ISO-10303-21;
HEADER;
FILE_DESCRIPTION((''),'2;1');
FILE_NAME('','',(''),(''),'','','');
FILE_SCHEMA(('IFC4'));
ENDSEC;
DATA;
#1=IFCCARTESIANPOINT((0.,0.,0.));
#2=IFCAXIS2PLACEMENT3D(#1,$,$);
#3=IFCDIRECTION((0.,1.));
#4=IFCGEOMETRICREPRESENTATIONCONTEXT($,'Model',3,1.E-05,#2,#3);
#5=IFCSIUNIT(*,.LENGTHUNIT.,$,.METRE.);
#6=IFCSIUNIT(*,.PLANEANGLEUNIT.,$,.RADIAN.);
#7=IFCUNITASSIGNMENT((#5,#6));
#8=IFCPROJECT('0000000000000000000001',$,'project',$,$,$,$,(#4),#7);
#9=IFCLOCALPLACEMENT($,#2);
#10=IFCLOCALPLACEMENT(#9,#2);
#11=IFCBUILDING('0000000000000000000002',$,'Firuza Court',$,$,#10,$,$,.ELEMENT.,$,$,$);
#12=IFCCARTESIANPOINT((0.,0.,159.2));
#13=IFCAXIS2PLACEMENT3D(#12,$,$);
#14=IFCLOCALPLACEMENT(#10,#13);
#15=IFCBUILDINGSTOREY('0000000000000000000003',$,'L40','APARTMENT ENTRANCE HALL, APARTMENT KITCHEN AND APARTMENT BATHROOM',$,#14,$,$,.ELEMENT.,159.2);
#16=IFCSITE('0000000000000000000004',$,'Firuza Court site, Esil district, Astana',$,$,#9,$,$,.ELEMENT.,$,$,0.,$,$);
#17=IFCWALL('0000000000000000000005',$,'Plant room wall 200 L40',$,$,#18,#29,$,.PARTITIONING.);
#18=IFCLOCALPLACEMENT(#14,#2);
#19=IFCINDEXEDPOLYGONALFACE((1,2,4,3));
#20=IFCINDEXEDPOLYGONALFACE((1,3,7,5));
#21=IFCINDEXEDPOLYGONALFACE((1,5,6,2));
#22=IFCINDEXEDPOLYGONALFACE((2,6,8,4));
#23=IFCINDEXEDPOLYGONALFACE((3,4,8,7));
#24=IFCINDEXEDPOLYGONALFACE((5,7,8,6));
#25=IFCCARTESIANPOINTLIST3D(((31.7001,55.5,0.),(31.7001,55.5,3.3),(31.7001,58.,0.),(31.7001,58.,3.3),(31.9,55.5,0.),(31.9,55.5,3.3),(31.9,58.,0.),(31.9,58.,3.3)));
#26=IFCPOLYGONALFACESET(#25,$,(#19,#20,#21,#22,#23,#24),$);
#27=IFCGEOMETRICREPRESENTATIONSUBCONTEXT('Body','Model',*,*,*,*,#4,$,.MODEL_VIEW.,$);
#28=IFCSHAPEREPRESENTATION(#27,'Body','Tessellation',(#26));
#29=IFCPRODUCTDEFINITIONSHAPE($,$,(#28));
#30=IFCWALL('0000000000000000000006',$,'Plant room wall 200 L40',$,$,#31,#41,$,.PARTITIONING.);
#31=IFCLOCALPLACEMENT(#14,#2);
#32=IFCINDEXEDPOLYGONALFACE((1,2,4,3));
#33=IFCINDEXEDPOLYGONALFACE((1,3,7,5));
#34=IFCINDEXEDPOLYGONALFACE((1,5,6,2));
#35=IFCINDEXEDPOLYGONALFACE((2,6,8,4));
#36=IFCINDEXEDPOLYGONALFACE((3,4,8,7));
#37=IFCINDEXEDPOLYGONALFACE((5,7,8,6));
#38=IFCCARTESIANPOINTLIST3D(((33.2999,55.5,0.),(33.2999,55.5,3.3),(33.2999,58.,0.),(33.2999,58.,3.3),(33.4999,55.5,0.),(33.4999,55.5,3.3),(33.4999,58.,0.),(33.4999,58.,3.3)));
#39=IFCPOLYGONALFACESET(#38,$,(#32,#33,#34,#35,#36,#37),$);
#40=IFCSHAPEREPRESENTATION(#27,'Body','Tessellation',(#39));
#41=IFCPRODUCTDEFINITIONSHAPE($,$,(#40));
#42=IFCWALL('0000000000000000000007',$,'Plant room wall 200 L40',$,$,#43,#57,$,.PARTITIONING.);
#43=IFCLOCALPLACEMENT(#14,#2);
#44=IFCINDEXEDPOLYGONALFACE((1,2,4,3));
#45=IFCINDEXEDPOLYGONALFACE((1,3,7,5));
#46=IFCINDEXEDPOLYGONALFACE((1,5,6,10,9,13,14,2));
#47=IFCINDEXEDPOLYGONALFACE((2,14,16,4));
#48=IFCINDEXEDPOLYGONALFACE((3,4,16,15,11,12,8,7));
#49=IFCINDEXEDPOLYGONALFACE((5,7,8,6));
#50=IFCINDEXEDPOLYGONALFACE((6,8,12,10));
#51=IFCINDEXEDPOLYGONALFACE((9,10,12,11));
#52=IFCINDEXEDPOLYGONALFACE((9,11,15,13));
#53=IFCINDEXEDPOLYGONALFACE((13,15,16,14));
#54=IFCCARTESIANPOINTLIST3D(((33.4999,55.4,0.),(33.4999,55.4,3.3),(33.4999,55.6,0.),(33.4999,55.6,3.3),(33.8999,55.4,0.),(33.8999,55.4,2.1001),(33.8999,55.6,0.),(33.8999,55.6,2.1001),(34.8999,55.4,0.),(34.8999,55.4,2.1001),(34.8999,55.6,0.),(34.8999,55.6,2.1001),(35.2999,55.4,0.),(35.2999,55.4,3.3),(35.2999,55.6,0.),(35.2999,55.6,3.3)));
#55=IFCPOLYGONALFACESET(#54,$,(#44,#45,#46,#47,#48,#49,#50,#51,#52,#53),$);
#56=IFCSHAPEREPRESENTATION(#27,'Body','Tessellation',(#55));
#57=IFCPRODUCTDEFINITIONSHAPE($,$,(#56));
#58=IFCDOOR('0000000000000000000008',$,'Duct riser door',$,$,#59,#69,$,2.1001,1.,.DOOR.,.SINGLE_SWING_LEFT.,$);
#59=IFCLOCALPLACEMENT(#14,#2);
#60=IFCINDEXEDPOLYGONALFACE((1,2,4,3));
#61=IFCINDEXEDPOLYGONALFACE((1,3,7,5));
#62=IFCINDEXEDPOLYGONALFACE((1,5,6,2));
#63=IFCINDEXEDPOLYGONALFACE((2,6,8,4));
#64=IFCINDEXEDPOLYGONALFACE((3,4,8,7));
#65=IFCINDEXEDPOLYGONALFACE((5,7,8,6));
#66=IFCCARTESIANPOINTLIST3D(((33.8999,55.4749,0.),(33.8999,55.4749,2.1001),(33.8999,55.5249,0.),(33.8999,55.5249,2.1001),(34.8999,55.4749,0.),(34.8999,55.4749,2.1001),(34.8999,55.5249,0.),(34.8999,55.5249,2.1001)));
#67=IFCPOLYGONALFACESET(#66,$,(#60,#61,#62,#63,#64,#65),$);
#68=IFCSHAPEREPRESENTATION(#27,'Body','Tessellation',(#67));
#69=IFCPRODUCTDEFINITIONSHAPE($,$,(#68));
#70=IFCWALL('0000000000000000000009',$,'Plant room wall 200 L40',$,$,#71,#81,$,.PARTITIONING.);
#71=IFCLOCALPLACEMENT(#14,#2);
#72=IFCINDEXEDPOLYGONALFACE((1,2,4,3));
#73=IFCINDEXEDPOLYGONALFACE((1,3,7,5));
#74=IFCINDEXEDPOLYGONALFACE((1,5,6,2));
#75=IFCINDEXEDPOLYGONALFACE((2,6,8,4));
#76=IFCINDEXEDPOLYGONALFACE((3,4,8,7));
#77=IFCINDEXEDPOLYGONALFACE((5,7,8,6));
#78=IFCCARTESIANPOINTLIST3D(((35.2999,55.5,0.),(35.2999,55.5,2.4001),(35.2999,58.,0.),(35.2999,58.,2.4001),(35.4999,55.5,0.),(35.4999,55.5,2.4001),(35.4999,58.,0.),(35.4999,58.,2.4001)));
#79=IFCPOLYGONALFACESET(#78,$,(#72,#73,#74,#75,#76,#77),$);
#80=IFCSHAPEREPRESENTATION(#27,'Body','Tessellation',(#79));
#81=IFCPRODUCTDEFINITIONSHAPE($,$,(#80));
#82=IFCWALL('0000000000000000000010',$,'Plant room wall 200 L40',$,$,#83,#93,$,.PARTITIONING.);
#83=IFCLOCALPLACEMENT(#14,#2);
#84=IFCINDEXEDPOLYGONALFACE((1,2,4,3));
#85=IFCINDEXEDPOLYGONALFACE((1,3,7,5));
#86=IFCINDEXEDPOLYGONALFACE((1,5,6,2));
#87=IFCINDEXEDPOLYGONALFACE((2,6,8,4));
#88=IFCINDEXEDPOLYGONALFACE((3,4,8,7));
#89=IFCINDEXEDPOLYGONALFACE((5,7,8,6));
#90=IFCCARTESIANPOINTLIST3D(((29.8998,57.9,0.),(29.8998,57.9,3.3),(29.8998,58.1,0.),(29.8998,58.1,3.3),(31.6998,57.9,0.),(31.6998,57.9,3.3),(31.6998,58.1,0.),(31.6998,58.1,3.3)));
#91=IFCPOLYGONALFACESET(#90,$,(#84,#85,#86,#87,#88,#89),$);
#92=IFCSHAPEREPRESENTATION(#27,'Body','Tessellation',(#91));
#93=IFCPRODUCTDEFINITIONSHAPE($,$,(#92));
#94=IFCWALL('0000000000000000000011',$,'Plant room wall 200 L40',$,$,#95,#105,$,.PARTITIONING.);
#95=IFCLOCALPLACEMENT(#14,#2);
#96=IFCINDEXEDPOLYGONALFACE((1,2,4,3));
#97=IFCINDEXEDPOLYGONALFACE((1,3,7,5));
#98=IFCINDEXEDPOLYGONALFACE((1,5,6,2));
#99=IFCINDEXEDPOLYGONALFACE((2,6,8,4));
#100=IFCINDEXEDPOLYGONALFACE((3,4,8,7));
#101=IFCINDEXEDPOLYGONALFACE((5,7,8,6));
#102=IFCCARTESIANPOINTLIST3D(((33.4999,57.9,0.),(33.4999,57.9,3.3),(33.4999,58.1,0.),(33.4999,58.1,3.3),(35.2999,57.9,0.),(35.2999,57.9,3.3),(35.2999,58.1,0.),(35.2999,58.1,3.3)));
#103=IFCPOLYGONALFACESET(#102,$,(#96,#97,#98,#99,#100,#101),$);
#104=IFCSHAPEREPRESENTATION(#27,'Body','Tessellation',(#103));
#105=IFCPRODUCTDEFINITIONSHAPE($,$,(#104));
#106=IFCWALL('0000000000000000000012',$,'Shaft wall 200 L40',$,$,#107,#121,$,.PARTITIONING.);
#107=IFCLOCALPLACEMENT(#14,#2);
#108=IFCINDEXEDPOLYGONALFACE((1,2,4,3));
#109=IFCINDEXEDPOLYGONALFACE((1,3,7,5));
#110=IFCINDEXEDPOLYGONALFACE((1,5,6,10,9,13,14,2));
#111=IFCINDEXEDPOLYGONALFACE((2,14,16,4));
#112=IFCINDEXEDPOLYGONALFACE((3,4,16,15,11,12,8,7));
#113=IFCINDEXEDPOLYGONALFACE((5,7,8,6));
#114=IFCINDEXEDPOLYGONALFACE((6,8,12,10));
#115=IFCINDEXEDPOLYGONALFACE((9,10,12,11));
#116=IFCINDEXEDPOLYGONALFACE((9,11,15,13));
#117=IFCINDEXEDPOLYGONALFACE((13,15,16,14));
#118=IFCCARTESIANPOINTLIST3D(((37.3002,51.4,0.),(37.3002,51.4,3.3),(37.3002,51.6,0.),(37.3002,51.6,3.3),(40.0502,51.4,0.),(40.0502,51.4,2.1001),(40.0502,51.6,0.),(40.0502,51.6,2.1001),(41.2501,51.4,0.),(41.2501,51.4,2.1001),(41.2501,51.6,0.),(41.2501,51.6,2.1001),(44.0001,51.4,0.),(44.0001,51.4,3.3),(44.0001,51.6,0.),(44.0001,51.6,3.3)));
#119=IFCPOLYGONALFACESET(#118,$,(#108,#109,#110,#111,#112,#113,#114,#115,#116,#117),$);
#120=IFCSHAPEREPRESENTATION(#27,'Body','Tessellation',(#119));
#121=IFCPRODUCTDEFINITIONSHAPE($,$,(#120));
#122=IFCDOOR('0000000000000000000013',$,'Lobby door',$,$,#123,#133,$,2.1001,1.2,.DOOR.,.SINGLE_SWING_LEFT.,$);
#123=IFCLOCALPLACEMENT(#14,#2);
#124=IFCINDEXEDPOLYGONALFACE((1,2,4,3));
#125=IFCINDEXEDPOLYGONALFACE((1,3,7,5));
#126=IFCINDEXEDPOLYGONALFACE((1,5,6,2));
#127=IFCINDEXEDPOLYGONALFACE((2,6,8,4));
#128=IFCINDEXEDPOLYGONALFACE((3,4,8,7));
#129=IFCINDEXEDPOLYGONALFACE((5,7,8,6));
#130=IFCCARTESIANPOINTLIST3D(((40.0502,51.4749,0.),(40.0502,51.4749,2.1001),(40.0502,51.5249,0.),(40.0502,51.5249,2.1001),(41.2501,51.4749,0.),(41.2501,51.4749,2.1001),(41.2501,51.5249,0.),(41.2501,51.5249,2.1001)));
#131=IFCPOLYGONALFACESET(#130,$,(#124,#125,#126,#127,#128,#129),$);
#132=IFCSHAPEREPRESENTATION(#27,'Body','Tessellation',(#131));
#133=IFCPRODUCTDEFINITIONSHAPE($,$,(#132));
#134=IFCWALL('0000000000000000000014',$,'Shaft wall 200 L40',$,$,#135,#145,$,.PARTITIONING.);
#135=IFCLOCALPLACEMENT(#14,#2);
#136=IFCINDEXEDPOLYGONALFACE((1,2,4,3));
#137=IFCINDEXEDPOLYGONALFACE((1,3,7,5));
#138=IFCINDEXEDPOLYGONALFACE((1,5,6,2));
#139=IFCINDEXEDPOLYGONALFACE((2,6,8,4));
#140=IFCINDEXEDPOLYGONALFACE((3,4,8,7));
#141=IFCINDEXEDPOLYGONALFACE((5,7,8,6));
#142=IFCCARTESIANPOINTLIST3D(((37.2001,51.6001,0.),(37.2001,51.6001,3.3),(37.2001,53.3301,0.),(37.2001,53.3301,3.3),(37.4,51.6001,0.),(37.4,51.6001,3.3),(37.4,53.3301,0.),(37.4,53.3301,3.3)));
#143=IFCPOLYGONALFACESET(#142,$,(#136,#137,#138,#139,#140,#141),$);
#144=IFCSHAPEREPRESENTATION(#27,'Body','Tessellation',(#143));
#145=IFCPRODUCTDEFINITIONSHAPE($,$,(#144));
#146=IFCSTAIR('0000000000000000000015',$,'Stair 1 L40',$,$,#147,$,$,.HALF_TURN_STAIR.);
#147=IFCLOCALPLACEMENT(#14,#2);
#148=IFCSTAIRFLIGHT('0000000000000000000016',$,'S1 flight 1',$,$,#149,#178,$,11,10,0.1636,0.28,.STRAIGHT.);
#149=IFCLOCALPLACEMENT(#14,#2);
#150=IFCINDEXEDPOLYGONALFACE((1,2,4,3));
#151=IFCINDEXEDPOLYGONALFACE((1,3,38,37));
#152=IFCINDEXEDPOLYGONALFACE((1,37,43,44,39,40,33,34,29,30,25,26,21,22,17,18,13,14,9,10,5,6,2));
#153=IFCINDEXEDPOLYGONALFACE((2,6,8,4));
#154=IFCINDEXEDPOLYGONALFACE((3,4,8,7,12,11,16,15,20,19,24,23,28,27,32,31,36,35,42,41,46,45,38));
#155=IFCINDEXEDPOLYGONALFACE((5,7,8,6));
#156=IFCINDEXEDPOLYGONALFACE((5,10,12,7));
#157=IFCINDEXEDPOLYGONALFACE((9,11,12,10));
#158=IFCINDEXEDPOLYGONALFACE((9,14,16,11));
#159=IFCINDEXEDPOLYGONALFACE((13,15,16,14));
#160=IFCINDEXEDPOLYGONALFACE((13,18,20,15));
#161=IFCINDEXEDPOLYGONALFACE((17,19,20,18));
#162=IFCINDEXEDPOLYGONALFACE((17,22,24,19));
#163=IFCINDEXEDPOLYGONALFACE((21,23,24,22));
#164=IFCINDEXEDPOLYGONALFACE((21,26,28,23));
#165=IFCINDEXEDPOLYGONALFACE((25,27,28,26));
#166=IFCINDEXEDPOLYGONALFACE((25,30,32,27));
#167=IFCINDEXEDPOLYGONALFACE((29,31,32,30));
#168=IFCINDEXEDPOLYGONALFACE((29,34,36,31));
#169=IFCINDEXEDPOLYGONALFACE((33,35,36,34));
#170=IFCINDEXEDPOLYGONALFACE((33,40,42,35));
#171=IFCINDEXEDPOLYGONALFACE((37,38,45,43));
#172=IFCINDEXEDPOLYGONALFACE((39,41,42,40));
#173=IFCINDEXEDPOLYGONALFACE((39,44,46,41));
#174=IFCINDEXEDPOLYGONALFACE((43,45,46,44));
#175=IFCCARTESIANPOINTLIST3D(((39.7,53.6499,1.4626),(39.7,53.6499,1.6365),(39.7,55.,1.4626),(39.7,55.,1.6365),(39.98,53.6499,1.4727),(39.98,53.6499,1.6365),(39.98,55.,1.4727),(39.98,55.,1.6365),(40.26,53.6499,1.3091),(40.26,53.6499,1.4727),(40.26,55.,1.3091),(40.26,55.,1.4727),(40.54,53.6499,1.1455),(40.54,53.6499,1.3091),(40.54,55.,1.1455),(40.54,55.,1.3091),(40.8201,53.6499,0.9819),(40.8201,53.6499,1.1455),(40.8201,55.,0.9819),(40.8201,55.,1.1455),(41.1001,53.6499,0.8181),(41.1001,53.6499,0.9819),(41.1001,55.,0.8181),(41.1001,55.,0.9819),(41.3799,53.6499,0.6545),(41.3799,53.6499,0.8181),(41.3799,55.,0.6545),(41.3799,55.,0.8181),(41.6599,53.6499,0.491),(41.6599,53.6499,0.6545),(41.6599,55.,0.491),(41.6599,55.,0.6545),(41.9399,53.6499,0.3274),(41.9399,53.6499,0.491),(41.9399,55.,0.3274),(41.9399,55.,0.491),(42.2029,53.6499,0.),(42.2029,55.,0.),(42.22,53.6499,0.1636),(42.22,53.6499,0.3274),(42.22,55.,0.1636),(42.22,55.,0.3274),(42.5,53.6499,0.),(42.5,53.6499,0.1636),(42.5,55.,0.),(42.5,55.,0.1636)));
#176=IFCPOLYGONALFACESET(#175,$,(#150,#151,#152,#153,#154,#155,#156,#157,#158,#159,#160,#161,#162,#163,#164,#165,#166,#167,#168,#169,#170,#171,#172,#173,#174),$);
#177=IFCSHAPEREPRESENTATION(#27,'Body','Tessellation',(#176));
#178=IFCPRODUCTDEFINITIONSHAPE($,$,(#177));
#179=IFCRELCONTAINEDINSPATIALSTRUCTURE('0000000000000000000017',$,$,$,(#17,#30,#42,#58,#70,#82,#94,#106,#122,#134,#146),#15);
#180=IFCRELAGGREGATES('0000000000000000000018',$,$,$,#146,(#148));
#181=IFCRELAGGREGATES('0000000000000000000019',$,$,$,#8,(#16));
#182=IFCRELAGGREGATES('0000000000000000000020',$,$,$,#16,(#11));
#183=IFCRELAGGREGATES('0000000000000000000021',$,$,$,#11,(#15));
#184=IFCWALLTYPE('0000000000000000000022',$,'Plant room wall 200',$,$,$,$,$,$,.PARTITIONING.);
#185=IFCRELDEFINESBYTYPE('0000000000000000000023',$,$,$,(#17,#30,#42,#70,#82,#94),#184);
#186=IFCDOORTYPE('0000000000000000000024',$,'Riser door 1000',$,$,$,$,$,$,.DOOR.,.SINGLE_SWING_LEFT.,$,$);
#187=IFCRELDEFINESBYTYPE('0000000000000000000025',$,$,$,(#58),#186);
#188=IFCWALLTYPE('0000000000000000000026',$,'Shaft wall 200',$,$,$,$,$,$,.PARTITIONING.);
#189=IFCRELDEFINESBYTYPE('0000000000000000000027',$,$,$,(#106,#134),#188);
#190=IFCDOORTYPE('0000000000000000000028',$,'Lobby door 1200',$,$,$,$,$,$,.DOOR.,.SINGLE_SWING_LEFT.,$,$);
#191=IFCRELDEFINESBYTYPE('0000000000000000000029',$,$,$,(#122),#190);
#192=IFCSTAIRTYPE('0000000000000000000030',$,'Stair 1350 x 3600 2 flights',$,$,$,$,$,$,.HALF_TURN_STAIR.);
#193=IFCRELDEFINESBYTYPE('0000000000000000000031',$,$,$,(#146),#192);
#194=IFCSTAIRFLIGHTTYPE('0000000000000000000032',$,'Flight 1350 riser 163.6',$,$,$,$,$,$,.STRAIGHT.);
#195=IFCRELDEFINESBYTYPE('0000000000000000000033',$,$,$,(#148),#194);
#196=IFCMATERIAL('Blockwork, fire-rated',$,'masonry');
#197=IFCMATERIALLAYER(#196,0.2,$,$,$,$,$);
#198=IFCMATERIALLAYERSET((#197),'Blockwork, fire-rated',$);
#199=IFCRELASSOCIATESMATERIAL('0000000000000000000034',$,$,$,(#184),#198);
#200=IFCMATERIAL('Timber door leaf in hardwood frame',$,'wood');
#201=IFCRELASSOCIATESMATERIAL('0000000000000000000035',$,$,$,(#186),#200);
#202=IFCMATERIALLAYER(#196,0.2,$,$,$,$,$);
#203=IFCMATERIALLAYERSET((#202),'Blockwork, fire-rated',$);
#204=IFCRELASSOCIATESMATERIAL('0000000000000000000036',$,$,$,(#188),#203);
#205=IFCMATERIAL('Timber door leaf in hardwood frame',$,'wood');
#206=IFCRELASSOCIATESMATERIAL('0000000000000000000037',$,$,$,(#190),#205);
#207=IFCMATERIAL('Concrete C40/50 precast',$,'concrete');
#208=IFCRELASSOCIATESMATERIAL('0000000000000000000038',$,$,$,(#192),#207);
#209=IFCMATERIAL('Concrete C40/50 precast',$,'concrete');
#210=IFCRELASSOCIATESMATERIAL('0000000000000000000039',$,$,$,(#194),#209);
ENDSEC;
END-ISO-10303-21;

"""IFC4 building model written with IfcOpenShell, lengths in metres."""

from ifc_helpers import new_model, si_unit, direction, frame, frame_2d, origin, place, context, subcontext, project, spatial, polyline, rectangle, outline, extrude, material, layer, layer_set, type_object, element, fill, aggregate, save


model = new_model("IFC4")

# Units and contexts
model_context = context("Model", 3, precision=1e-05, world=origin(), true_north=direction((0.0, 1.0)))
body_context = subcontext(model_context, "Body", "Model", "MODEL_VIEW")
ifc_project = project(units=[si_unit("LENGTHUNIT", "METRE"), si_unit("PLANEANGLEUNIT", "RADIAN")], contexts=[model_context])

# Site, building, storey
site_placement = place(None, origin())
site = spatial("IfcSite", under=ifc_project, at=site_placement, Name="Firuza Court site, Esil district, Astana", CompositionType="ELEMENT", RefElevation=0.0)
building_placement = place(site_placement, origin())
building = spatial("IfcBuilding", under=site, at=building_placement, Name="Firuza Court", CompositionType="ELEMENT")
storey_placement = place(building_placement, frame((0.0, 0.0, 159.2)))
storey = spatial("IfcBuildingStorey", under=building, at=storey_placement, Name="L40", Description="APARTMENT ENTRANCE HALL, APARTMENT KITCHEN AND APARTMENT BATHROOM", CompositionType="ELEMENT", Elevation=159.2)

# Walls
ifc_material_1 = material(Name="Blockwork, fire-rated", Category="masonry")
ifc_layer_1 = layer(ifc_material_1, 0.2)
ifc_layer_set_1 = layer_set([ifc_layer_1], Name="Blockwork, fire-rated")
wall_type_1 = type_object("IfcWallType", Name="Plant room wall 200", PredefinedType="PARTITIONING", material=ifc_layer_set_1)
for number, where, z_axis, x_axis, name in (
    (1, (31.8, 55.5, 0.0), (0.0, 0.0, 1.0), (0.0, 1.0, 0.0), "Plant room wall 200 L40"),
    (2, (33.3999, 55.5, 0.0), (0.0, 0.0, 1.0), (0.0, 1.0, 0.0), "Plant room wall 200 L40"),
):
    element("IfcWall", number, at=place(storey_placement, frame(where, z_axis=z_axis, x_axis=x_axis)), inside=storey, type_object=wall_type_1, Name=name, PredefinedType="PARTITIONING", context=body_context, shape_type="SweptSolid", body=[
        extrude(rectangle(XDim=2.5, YDim=0.2, at=frame_2d((1.25, 0.0))), origin(), (0.0, 0.0, 1.0), 3.3),
    ])

# Wall, opening, door
wall_1_placement = place(storey_placement, frame((33.5, 55.5, 0.0), z_axis=(0.0, 0.0, 1.0), x_axis=(1.0, 0.0, 0.0)))
wall_1 = element("IfcWall", 3, at=wall_1_placement, inside=storey, type_object=wall_type_1, Name="Plant room wall 200 L40", PredefinedType="PARTITIONING", context=body_context, shape_type="SweptSolid", body=[
    extrude(rectangle(XDim=1.8, YDim=0.2, at=frame_2d((0.8999, 0.0))), origin(), (0.0, 0.0, 1.0), 3.3),
])
opening_1_placement = place(wall_1_placement, frame((0.3999, 0.0, 0.0)))
opening_1 = element("IfcOpeningElement", 4, at=opening_1_placement, cuts=wall_1, PredefinedType="OPENING", context=body_context, shape_type="SweptSolid", body=[
    extrude(rectangle(XDim=1.0, YDim=2.1001, at=frame_2d((0.5, 1.05))), frame((0.0, 0.1118, 0.0), z_axis=(0.0, -1.0, 0.0), x_axis=(1.0, 0.0, 0.0)), (0.0, 0.0, 1.0), 0.2239),
])
ifc_material_2 = material(Name="Timber door leaf in hardwood frame", Category="wood")
door_type_1 = type_object("IfcDoorType", Name="Riser door 1000", OperationType="SINGLE_SWING_LEFT", PredefinedType="DOOR", material=ifc_material_2)
door_1_placement = place(opening_1_placement, origin())
door_1 = element("IfcDoor", 5, at=door_1_placement, inside=storey, type_object=door_type_1, Name="Duct riser door", OperationType="SINGLE_SWING_LEFT", OverallHeight=2.1001, OverallWidth=1.0, PredefinedType="DOOR", context=body_context, shape_type="SweptSolid", body=[
    extrude(rectangle(XDim=1.0, YDim=2.1001, at=frame_2d((0.5, 1.05))), frame((0.0, 0.0249, 0.0), z_axis=(0.0, -1.0, 0.0), x_axis=(1.0, 0.0, 0.0)), (0.0, 0.0, 1.0), 0.05),
])
fill(opening_1, door_1)

# Walls
wall_2_placement = place(storey_placement, frame((35.3999, 55.5, 0.0), z_axis=(0.0, 0.0, 1.0), x_axis=(0.0, 1.0, 0.0)))
element("IfcWall", 6, at=wall_2_placement, inside=storey, type_object=wall_type_1, Name="Plant room wall 200 L40", PredefinedType="PARTITIONING", context=body_context, shape_type="SweptSolid", body=[
    extrude(rectangle(XDim=2.5, YDim=0.2, at=frame_2d((1.25, 0.0))), origin(), (0.0, 0.0, 1.0), 2.4001),
])
for number, where, z_axis, x_axis, name in (
    (7, (29.8999, 58.0, 0.0), (0.0, 0.0, 1.0), (1.0, 0.0, 0.0), "Plant room wall 200 L40"),
    (8, (33.5, 58.0, 0.0), (0.0, 0.0, 1.0), (1.0, 0.0, 0.0), "Plant room wall 200 L40"),
):
    element("IfcWall", number, at=place(storey_placement, frame(where, z_axis=z_axis, x_axis=x_axis)), inside=storey, type_object=wall_type_1, Name=name, PredefinedType="PARTITIONING", context=body_context, shape_type="SweptSolid", body=[
        extrude(rectangle(XDim=1.8, YDim=0.2, at=frame_2d((0.8999, 0.0))), origin(), (0.0, 0.0, 1.0), 3.3),
    ])

# Wall, opening, door
ifc_layer_2 = layer(ifc_material_1, 0.2)
ifc_layer_set_2 = layer_set([ifc_layer_2], Name="Blockwork, fire-rated")
wall_type_2 = type_object("IfcWallType", Name="Shaft wall 200", PredefinedType="PARTITIONING", material=ifc_layer_set_2)
wall_3_placement = place(storey_placement, frame((37.3, 51.5, 0.0), z_axis=(0.0, 0.0, 1.0), x_axis=(1.0, 0.0, 0.0)))
wall_3 = element("IfcWall", 9, at=wall_3_placement, inside=storey, type_object=wall_type_2, Name="Shaft wall 200 L40", PredefinedType="PARTITIONING", context=body_context, shape_type="SweptSolid", body=[
    extrude(rectangle(XDim=6.7, YDim=0.2, at=frame_2d((3.3501, 0.0))), origin(), (0.0, 0.0, 1.0), 3.3),
])
opening_2_placement = place(wall_3_placement, frame((2.75, 0.0, 0.0)))
opening_2 = element("IfcOpeningElement", 10, at=opening_2_placement, cuts=wall_3, PredefinedType="OPENING", context=body_context, shape_type="SweptSolid", body=[
    extrude(rectangle(XDim=1.2, YDim=2.1001, at=frame_2d((0.6001, 1.05))), frame((0.0, 0.1118, 0.0), z_axis=(0.0, -1.0, 0.0), x_axis=(1.0, 0.0, 0.0)), (0.0, 0.0, 1.0), 0.2239),
])
ifc_material_3 = material(Name="Timber door leaf in hardwood frame", Category="wood")
door_type_2 = type_object("IfcDoorType", Name="Lobby door 1200", OperationType="SINGLE_SWING_LEFT", PredefinedType="DOOR", material=ifc_material_3)
door_2_placement = place(opening_2_placement, origin())
door_2 = element("IfcDoor", 11, at=door_2_placement, inside=storey, type_object=door_type_2, Name="Lobby door", OperationType="SINGLE_SWING_LEFT", OverallHeight=2.1001, OverallWidth=1.2, PredefinedType="DOOR", context=body_context, shape_type="SweptSolid", body=[
    extrude(rectangle(XDim=1.2, YDim=2.1001, at=frame_2d((0.6001, 1.05))), frame((0.0, 0.0249, 0.0), z_axis=(0.0, -1.0, 0.0), x_axis=(1.0, 0.0, 0.0)), (0.0, 0.0, 1.0), 0.05),
])
fill(opening_2, door_2)

# Wall
wall_4_placement = place(storey_placement, frame((37.3, 51.6001, 0.0), z_axis=(0.0, 0.0, 1.0), x_axis=(0.0, 1.0, 0.0)))
element("IfcWall", 12, at=wall_4_placement, inside=storey, type_object=wall_type_2, Name="Shaft wall 200 L40", PredefinedType="PARTITIONING", context=body_context, shape_type="SweptSolid", body=[
    extrude(rectangle(XDim=1.73, YDim=0.2, at=frame_2d((0.865, 0.0))), origin(), (0.0, 0.0, 1.0), 3.3),
])

# Stair, stair flight
ifc_material_4 = material(Name="Concrete C40/50 precast", Category="concrete")
stair_type = type_object("IfcStairType", Name="Stair 1350 x 3600 2 flights", PredefinedType="HALF_TURN_STAIR", material=ifc_material_4)
stair_placement = place(storey_placement, origin())
stair = element("IfcStair", 13, at=stair_placement, inside=storey, type_object=stair_type, Name="Stair 1 L40", PredefinedType="HALF_TURN_STAIR")
ifc_material_5 = material(Name="Concrete C40/50 precast", Category="concrete")
stair_flight_type = type_object("IfcStairFlightType", Name="Flight 1350 riser 163.6", PredefinedType="STRAIGHT", material=ifc_material_5)
stair_flight_1_placement = place(storey_placement, frame((42.5, 54.325, 0.0), z_axis=(0.0, 0.0, 1.0), x_axis=(-1.0, 0.0, 0.0)))
stair_flight_1 = element("IfcStairFlight", 14, at=stair_flight_1_placement, type_object=stair_flight_type, Name="S1 flight 1", NumberOfRisers=11, NumberOfTreads=10, PredefinedType="STRAIGHT", RiserHeight=0.1636, TreadLength=0.28, context=body_context, shape_type="SweptSolid", body=[
    extrude(outline(polyline([(0.0, 0.0), (0.0, 0.1636), (0.28, 0.1636), (0.28, 0.3274), (0.5601, 0.3274), (0.5601, 0.491), (0.8401, 0.491), (0.8401, 0.6545), (1.1201, 0.6545), (1.1201, 0.8181), (1.3999, 0.8181), (1.3999, 0.9819), (1.6799, 0.9819), (1.6799, 1.1455), (1.96, 1.1455), (1.96, 1.3091), (2.24, 1.3091), (2.24, 1.4727), (2.52, 1.4727), (2.52, 1.6365), (2.8, 1.6365), (2.8, 1.8), (2.8, 1.4626), (0.2971, 0.0), (0.0, 0.0)])), frame((0.0, 0.675, 0.0), z_axis=(0.0, -1.0, 0.0), x_axis=(1.0, 0.0, 0.0)), (0.0, 0.0, 1.0), 1.3501),
])
aggregate(stair, [stair_flight_1])

save(model, "model.ifc")
